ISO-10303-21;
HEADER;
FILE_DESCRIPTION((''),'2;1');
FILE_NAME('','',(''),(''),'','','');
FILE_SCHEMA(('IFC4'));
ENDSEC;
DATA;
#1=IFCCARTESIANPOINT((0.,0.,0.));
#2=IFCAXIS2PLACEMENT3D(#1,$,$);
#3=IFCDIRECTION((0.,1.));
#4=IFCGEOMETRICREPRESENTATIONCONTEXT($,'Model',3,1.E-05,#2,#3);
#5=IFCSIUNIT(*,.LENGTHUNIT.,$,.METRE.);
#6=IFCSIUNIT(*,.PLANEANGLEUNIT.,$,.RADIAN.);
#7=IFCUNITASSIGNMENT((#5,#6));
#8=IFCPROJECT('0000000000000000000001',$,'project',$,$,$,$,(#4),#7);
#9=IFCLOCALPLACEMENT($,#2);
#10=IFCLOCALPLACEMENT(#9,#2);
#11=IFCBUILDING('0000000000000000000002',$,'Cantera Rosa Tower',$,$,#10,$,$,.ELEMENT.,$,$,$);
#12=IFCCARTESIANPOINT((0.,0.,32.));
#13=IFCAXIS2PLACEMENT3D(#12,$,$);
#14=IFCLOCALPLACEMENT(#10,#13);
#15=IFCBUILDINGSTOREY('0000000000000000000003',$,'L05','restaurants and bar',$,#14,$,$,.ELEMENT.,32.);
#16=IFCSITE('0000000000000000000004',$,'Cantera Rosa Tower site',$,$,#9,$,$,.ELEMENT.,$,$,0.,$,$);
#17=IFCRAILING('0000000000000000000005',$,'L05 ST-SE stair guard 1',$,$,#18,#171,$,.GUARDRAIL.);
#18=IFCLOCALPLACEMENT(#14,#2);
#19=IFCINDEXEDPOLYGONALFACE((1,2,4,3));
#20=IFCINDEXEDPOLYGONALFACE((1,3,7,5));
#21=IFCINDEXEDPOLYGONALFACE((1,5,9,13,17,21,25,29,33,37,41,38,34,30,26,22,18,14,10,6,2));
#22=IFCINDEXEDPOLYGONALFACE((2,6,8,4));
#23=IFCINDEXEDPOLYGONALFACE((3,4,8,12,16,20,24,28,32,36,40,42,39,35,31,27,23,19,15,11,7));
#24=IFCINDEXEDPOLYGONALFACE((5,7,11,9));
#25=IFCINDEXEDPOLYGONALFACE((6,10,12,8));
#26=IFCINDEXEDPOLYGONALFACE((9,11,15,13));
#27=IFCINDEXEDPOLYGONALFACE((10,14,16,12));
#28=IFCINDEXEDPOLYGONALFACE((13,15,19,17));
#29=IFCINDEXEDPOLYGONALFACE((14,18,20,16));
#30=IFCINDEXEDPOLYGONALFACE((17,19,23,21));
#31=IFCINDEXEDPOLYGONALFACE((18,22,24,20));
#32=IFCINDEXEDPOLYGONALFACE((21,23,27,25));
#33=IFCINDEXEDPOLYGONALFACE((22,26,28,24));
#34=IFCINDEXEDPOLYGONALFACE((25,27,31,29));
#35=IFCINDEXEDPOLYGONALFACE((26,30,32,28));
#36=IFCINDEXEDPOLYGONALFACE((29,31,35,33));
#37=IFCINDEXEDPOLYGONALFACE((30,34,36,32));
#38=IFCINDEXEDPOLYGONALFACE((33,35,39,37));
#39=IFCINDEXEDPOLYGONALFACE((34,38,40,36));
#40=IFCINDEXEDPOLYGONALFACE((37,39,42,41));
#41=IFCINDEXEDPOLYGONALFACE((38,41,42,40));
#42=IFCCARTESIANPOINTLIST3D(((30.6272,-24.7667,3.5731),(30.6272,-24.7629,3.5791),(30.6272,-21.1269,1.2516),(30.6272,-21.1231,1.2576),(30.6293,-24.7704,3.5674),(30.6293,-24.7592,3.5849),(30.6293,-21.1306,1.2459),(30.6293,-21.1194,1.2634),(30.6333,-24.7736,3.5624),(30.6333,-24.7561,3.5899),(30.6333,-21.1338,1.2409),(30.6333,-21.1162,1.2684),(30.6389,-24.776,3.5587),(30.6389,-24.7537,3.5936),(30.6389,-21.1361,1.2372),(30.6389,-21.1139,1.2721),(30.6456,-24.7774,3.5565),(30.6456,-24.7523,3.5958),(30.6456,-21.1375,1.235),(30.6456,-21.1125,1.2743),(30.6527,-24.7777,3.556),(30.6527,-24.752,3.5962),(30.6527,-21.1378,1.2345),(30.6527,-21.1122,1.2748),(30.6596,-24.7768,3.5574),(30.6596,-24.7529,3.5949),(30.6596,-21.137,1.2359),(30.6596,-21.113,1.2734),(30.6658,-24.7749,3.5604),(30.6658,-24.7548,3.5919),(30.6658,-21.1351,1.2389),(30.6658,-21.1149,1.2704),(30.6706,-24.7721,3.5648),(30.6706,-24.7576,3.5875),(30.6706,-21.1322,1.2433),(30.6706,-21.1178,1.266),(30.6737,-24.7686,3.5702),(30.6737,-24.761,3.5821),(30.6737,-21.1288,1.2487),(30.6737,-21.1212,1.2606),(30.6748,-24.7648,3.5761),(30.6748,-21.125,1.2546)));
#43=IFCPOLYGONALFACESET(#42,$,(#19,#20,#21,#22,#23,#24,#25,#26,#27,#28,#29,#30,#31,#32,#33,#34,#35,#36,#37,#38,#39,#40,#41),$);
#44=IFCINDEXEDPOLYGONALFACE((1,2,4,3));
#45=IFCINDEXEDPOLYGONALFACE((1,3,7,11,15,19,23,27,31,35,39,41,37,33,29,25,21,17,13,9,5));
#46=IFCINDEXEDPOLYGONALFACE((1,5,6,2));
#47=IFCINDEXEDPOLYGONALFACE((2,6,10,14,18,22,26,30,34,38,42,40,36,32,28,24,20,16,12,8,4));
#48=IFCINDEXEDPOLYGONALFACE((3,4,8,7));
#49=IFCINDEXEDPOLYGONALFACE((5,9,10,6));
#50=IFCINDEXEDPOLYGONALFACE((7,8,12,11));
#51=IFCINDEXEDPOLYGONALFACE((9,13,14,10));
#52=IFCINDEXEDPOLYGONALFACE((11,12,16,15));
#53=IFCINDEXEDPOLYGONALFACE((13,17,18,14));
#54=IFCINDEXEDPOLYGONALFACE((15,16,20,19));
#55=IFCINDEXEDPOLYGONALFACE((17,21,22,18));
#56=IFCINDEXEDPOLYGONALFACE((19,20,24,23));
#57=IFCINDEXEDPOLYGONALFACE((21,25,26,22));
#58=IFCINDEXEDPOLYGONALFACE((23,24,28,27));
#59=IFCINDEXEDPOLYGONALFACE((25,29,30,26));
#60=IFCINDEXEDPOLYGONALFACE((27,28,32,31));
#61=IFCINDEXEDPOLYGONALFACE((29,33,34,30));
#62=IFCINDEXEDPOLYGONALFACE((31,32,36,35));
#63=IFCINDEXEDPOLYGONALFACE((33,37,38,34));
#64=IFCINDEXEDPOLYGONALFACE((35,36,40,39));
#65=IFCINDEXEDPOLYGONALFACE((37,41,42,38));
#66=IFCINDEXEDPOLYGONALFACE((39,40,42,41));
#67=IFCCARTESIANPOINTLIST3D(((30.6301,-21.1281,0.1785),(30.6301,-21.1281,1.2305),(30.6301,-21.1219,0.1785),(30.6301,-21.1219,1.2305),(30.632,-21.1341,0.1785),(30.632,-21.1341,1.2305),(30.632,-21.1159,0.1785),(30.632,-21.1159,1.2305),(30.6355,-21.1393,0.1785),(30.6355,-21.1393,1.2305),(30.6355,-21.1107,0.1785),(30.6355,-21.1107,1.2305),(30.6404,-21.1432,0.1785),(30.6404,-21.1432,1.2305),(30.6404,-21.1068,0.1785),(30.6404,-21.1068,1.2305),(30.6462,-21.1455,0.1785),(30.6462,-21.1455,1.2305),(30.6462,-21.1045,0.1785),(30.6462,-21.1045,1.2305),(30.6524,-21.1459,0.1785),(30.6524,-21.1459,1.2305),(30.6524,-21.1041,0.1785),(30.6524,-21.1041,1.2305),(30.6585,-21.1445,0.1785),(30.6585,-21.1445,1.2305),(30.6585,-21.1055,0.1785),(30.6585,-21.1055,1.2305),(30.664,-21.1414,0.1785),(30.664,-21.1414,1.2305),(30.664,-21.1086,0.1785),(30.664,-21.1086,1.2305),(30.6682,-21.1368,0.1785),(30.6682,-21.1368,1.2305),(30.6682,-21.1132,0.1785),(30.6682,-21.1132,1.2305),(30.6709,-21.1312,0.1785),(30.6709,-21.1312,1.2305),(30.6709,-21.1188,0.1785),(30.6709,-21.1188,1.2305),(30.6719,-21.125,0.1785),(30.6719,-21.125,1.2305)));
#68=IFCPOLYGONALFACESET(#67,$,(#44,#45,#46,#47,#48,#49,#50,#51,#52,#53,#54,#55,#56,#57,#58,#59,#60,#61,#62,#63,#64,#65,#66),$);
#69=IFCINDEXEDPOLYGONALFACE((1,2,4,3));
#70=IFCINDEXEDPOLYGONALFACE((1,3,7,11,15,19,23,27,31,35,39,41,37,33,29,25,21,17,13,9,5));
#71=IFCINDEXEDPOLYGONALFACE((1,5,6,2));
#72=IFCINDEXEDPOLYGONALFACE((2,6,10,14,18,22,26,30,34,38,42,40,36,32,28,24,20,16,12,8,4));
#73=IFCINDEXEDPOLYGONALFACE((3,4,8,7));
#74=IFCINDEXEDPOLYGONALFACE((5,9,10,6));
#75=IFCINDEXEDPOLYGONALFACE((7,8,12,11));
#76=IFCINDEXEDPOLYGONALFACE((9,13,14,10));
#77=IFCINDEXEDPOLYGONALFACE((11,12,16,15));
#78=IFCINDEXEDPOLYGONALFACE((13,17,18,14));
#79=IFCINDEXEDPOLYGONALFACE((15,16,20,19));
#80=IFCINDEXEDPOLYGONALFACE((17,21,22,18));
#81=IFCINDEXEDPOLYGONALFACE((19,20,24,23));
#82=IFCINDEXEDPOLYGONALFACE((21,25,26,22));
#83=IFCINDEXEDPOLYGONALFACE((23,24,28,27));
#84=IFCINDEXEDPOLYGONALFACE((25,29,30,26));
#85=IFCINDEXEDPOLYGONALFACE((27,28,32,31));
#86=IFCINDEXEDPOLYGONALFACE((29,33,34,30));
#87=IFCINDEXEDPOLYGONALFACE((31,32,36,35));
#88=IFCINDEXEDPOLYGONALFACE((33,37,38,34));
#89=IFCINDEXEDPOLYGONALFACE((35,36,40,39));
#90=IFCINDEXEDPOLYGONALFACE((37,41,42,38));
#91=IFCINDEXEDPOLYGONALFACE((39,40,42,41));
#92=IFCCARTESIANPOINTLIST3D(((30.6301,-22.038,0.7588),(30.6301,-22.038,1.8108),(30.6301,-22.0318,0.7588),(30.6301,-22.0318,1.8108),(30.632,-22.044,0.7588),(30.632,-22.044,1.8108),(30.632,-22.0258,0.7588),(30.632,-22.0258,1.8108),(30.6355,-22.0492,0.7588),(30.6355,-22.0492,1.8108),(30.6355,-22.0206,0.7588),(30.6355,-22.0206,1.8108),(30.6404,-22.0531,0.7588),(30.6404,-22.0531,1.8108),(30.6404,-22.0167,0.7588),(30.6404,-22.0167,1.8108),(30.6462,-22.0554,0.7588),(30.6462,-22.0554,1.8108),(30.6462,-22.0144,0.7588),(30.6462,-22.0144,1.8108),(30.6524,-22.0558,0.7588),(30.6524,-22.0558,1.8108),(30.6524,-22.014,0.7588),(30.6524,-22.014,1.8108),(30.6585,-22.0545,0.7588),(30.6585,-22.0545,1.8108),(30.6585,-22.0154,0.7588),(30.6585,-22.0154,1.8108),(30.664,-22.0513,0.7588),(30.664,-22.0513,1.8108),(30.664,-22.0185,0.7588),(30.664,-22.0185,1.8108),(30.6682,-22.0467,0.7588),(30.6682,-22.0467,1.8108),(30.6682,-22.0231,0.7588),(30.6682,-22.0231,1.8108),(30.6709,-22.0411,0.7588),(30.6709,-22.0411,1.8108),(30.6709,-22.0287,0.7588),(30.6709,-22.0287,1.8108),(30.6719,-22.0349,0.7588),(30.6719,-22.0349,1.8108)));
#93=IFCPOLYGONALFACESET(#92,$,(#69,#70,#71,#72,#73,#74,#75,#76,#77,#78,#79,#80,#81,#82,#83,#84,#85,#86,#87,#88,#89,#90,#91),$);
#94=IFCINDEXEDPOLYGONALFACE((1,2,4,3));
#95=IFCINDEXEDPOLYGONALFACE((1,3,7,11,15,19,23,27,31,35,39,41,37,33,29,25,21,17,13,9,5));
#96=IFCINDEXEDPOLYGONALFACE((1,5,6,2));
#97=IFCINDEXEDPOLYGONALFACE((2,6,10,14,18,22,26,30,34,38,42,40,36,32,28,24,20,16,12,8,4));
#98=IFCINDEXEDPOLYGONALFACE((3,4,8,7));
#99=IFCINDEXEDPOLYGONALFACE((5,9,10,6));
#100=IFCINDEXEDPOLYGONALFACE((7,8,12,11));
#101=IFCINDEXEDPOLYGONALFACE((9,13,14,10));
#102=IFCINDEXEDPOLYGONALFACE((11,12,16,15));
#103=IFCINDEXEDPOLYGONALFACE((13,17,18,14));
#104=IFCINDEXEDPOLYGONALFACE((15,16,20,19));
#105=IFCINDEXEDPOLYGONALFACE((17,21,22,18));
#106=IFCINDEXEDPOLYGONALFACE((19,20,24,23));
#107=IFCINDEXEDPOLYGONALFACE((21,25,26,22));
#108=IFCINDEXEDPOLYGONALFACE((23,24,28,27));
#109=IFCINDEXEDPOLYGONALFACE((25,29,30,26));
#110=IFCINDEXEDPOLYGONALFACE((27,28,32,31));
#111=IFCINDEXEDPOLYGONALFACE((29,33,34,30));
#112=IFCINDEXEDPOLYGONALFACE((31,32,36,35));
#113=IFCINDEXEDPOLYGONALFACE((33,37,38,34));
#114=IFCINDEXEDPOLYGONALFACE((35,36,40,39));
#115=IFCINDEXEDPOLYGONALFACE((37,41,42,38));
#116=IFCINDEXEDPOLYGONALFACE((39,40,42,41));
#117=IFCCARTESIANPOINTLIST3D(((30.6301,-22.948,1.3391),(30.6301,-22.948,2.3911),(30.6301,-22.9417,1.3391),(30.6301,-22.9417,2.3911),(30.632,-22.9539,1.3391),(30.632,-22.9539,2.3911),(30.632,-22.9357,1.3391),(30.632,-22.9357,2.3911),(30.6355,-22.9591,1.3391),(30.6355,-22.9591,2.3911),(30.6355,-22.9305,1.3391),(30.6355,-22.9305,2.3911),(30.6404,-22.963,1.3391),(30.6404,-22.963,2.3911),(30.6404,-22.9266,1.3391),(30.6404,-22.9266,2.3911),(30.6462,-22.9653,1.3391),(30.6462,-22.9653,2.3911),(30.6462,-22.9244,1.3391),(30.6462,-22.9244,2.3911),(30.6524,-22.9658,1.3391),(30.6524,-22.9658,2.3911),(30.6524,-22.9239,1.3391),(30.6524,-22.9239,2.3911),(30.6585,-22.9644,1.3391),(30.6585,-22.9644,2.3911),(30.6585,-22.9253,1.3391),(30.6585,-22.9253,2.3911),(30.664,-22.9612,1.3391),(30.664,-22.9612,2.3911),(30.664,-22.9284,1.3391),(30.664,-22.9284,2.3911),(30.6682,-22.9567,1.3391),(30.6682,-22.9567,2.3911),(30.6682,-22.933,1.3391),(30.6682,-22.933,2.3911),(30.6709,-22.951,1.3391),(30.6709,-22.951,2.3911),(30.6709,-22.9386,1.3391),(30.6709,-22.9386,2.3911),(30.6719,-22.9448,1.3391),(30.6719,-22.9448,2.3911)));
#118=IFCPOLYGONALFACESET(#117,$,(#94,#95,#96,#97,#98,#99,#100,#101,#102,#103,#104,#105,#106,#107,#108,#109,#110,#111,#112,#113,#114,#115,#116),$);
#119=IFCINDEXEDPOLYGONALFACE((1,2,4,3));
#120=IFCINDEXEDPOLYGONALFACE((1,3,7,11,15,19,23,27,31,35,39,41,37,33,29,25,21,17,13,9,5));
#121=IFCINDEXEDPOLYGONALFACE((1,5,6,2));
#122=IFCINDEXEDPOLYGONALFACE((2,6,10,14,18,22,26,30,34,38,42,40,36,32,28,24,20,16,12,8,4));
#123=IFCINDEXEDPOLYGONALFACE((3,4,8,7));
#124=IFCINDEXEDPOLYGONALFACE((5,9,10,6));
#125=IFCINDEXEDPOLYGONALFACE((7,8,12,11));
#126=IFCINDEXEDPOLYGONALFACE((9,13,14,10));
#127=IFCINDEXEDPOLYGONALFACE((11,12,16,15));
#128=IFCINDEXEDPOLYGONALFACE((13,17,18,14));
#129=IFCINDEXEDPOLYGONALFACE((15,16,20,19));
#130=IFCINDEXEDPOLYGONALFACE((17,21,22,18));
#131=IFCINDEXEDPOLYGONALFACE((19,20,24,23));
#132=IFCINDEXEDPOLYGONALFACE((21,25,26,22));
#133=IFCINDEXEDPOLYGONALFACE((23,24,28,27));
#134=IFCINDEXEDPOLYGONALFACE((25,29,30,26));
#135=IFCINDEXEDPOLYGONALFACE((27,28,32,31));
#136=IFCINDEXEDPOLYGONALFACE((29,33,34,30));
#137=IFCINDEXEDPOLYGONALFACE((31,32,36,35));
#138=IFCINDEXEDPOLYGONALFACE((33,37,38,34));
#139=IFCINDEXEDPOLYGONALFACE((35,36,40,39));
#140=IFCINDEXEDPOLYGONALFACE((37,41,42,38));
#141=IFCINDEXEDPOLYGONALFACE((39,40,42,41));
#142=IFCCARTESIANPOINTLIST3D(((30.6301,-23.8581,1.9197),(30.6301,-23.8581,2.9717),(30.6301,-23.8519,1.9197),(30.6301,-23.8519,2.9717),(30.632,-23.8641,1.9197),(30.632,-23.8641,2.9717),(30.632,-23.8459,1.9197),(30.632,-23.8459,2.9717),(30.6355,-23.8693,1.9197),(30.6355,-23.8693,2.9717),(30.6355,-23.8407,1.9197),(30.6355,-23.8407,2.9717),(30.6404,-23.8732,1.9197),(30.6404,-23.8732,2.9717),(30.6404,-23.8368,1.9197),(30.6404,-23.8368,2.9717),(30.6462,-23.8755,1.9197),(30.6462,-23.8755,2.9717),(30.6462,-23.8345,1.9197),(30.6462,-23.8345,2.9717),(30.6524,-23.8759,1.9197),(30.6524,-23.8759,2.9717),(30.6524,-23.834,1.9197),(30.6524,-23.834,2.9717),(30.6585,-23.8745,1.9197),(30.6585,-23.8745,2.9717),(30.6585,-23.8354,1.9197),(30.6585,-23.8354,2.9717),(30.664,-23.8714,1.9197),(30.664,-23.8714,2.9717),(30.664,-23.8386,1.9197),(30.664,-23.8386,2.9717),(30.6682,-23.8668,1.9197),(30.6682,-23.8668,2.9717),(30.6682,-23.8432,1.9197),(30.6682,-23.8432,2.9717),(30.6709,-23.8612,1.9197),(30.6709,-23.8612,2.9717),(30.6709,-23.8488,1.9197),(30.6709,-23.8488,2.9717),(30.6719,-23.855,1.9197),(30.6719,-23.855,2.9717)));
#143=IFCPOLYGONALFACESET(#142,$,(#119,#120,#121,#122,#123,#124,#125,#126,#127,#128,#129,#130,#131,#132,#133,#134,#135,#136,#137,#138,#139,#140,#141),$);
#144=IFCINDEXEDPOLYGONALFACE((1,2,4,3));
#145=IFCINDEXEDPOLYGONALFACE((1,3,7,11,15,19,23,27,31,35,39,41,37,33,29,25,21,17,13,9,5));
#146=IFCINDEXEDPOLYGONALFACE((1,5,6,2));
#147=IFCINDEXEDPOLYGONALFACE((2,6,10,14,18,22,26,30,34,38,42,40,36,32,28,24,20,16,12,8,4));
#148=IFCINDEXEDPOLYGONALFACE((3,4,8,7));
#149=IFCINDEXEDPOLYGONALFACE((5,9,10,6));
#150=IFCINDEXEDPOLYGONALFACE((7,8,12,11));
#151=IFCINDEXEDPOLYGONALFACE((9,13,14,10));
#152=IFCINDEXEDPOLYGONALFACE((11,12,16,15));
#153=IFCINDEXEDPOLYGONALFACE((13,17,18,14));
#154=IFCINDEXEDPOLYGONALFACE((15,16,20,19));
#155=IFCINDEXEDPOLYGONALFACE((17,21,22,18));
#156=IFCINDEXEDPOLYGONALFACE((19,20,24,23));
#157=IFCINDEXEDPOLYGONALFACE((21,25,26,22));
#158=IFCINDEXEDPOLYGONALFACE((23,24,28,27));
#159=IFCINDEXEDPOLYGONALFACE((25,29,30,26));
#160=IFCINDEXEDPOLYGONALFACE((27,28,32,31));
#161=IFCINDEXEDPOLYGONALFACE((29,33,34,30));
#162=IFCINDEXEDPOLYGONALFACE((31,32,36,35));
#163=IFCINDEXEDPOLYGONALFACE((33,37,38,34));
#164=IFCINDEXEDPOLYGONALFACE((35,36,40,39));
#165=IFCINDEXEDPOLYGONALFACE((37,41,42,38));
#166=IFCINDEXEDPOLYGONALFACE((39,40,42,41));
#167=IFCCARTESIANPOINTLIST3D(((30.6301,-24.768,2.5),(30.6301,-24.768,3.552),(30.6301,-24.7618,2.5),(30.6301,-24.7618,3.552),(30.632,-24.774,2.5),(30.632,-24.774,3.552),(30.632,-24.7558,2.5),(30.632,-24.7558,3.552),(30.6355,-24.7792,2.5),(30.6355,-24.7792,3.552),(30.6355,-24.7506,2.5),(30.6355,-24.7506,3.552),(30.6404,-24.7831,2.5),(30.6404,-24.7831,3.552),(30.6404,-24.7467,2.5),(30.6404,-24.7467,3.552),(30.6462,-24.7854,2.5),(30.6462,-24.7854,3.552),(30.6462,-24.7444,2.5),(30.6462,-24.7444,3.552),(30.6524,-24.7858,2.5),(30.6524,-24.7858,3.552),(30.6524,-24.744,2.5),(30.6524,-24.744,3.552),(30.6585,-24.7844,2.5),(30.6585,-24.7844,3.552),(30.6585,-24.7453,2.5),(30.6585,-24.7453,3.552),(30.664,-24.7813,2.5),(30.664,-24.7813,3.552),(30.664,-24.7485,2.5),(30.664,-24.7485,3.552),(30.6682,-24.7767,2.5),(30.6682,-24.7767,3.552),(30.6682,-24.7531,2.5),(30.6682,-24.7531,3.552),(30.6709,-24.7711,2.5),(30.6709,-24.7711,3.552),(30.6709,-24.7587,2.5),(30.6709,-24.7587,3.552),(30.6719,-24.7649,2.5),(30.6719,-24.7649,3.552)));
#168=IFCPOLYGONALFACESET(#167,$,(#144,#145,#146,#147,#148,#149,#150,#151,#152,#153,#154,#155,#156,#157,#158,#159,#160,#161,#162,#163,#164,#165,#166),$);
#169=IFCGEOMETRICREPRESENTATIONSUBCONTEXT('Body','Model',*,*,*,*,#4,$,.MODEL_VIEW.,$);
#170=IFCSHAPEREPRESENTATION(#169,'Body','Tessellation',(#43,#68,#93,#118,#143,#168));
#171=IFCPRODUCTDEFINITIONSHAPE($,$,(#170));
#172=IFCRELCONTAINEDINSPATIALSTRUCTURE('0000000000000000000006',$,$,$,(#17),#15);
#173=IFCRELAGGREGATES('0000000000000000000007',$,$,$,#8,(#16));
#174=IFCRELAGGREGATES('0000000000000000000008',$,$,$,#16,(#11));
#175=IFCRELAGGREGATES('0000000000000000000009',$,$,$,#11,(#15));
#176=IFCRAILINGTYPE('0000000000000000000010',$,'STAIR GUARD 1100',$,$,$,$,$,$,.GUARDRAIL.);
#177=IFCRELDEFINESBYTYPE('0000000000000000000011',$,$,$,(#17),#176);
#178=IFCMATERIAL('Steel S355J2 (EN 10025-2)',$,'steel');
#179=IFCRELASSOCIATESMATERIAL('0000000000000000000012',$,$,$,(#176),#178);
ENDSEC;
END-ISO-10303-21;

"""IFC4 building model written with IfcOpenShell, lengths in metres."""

from ifc_helpers import new_model, si_unit, direction, frame, origin, origin_2d, place, context, subcontext, project, spatial, circle, extrude, material, type_object, element, save


model = new_model("IFC4")

# Units and contexts
model_context = context("Model", 3, precision=1e-05, world=origin(), true_north=direction((0.0, 1.0)))
body_context = subcontext(model_context, "Body", "Model", "MODEL_VIEW")
ifc_project = project(units=[si_unit("LENGTHUNIT", "METRE"), si_unit("PLANEANGLEUNIT", "RADIAN")], contexts=[model_context])

# Site, building, storey
site_placement = place(None, origin())
site = spatial("IfcSite", under=ifc_project, at=site_placement, Name="Cantera Rosa Tower site", CompositionType="ELEMENT", RefElevation=0.0)
building_placement = place(site_placement, origin())
building = spatial("IfcBuilding", under=site, at=building_placement, Name="Cantera Rosa Tower", CompositionType="ELEMENT")
storey_placement = place(building_placement, frame((0.0, 0.0, 32.0)))
storey = spatial("IfcBuildingStorey", under=building, at=storey_placement, Name="L05", Description="restaurants and bar", CompositionType="ELEMENT", Elevation=32.0)

# Railing
ifc_material_1 = material(Name="Steel S355J2 (EN 10025-2)", Category="steel")
railing_type_1 = type_object("IfcRailingType", Name="STAIR GUARD 1100", PredefinedType="GUARDRAIL", material=ifc_material_1)
railing_1_placement = place(storey_placement, frame((30.6509, -21.125, 0.1785)))
element("IfcRailing", 1, at=railing_1_placement, inside=storey, type_object=railing_type_1, Name="L05 ST-SE stair guard 1", PredefinedType="GUARDRAIL", context=body_context, shape_type="SweptSolid", body=[
    extrude(circle(Radius=0.0239, at=origin_2d()), frame((0.0, 0.0, 1.0762), z_axis=(0.0, -0.843112, 0.537739), x_axis=(1.0, 0.0, 0.0)), (0.0, 0.0, 1.0), 4.3171),
    extrude(circle(Radius=0.021, at=origin_2d()), origin(), (0.0, 0.0, 1.0), 1.052),
    extrude(circle(Radius=0.021, at=origin_2d()), frame((0.0, -0.9099, 0.5803)), (0.0, 0.0, 1.0), 1.052),
    extrude(circle(Radius=0.021, at=origin_2d()), frame((0.0, -1.8198, 1.1606)), (0.0, 0.0, 1.0), 1.052),
    extrude(circle(Radius=0.021, at=origin_2d()), frame((0.0, -2.73, 1.7412)), (0.0, 0.0, 1.0), 1.052),
    extrude(circle(Radius=0.021, at=origin_2d()), frame((0.0, -3.6399, 2.3215)), (0.0, 0.0, 1.0), 1.052),
])

save(model, "model.ifc")
